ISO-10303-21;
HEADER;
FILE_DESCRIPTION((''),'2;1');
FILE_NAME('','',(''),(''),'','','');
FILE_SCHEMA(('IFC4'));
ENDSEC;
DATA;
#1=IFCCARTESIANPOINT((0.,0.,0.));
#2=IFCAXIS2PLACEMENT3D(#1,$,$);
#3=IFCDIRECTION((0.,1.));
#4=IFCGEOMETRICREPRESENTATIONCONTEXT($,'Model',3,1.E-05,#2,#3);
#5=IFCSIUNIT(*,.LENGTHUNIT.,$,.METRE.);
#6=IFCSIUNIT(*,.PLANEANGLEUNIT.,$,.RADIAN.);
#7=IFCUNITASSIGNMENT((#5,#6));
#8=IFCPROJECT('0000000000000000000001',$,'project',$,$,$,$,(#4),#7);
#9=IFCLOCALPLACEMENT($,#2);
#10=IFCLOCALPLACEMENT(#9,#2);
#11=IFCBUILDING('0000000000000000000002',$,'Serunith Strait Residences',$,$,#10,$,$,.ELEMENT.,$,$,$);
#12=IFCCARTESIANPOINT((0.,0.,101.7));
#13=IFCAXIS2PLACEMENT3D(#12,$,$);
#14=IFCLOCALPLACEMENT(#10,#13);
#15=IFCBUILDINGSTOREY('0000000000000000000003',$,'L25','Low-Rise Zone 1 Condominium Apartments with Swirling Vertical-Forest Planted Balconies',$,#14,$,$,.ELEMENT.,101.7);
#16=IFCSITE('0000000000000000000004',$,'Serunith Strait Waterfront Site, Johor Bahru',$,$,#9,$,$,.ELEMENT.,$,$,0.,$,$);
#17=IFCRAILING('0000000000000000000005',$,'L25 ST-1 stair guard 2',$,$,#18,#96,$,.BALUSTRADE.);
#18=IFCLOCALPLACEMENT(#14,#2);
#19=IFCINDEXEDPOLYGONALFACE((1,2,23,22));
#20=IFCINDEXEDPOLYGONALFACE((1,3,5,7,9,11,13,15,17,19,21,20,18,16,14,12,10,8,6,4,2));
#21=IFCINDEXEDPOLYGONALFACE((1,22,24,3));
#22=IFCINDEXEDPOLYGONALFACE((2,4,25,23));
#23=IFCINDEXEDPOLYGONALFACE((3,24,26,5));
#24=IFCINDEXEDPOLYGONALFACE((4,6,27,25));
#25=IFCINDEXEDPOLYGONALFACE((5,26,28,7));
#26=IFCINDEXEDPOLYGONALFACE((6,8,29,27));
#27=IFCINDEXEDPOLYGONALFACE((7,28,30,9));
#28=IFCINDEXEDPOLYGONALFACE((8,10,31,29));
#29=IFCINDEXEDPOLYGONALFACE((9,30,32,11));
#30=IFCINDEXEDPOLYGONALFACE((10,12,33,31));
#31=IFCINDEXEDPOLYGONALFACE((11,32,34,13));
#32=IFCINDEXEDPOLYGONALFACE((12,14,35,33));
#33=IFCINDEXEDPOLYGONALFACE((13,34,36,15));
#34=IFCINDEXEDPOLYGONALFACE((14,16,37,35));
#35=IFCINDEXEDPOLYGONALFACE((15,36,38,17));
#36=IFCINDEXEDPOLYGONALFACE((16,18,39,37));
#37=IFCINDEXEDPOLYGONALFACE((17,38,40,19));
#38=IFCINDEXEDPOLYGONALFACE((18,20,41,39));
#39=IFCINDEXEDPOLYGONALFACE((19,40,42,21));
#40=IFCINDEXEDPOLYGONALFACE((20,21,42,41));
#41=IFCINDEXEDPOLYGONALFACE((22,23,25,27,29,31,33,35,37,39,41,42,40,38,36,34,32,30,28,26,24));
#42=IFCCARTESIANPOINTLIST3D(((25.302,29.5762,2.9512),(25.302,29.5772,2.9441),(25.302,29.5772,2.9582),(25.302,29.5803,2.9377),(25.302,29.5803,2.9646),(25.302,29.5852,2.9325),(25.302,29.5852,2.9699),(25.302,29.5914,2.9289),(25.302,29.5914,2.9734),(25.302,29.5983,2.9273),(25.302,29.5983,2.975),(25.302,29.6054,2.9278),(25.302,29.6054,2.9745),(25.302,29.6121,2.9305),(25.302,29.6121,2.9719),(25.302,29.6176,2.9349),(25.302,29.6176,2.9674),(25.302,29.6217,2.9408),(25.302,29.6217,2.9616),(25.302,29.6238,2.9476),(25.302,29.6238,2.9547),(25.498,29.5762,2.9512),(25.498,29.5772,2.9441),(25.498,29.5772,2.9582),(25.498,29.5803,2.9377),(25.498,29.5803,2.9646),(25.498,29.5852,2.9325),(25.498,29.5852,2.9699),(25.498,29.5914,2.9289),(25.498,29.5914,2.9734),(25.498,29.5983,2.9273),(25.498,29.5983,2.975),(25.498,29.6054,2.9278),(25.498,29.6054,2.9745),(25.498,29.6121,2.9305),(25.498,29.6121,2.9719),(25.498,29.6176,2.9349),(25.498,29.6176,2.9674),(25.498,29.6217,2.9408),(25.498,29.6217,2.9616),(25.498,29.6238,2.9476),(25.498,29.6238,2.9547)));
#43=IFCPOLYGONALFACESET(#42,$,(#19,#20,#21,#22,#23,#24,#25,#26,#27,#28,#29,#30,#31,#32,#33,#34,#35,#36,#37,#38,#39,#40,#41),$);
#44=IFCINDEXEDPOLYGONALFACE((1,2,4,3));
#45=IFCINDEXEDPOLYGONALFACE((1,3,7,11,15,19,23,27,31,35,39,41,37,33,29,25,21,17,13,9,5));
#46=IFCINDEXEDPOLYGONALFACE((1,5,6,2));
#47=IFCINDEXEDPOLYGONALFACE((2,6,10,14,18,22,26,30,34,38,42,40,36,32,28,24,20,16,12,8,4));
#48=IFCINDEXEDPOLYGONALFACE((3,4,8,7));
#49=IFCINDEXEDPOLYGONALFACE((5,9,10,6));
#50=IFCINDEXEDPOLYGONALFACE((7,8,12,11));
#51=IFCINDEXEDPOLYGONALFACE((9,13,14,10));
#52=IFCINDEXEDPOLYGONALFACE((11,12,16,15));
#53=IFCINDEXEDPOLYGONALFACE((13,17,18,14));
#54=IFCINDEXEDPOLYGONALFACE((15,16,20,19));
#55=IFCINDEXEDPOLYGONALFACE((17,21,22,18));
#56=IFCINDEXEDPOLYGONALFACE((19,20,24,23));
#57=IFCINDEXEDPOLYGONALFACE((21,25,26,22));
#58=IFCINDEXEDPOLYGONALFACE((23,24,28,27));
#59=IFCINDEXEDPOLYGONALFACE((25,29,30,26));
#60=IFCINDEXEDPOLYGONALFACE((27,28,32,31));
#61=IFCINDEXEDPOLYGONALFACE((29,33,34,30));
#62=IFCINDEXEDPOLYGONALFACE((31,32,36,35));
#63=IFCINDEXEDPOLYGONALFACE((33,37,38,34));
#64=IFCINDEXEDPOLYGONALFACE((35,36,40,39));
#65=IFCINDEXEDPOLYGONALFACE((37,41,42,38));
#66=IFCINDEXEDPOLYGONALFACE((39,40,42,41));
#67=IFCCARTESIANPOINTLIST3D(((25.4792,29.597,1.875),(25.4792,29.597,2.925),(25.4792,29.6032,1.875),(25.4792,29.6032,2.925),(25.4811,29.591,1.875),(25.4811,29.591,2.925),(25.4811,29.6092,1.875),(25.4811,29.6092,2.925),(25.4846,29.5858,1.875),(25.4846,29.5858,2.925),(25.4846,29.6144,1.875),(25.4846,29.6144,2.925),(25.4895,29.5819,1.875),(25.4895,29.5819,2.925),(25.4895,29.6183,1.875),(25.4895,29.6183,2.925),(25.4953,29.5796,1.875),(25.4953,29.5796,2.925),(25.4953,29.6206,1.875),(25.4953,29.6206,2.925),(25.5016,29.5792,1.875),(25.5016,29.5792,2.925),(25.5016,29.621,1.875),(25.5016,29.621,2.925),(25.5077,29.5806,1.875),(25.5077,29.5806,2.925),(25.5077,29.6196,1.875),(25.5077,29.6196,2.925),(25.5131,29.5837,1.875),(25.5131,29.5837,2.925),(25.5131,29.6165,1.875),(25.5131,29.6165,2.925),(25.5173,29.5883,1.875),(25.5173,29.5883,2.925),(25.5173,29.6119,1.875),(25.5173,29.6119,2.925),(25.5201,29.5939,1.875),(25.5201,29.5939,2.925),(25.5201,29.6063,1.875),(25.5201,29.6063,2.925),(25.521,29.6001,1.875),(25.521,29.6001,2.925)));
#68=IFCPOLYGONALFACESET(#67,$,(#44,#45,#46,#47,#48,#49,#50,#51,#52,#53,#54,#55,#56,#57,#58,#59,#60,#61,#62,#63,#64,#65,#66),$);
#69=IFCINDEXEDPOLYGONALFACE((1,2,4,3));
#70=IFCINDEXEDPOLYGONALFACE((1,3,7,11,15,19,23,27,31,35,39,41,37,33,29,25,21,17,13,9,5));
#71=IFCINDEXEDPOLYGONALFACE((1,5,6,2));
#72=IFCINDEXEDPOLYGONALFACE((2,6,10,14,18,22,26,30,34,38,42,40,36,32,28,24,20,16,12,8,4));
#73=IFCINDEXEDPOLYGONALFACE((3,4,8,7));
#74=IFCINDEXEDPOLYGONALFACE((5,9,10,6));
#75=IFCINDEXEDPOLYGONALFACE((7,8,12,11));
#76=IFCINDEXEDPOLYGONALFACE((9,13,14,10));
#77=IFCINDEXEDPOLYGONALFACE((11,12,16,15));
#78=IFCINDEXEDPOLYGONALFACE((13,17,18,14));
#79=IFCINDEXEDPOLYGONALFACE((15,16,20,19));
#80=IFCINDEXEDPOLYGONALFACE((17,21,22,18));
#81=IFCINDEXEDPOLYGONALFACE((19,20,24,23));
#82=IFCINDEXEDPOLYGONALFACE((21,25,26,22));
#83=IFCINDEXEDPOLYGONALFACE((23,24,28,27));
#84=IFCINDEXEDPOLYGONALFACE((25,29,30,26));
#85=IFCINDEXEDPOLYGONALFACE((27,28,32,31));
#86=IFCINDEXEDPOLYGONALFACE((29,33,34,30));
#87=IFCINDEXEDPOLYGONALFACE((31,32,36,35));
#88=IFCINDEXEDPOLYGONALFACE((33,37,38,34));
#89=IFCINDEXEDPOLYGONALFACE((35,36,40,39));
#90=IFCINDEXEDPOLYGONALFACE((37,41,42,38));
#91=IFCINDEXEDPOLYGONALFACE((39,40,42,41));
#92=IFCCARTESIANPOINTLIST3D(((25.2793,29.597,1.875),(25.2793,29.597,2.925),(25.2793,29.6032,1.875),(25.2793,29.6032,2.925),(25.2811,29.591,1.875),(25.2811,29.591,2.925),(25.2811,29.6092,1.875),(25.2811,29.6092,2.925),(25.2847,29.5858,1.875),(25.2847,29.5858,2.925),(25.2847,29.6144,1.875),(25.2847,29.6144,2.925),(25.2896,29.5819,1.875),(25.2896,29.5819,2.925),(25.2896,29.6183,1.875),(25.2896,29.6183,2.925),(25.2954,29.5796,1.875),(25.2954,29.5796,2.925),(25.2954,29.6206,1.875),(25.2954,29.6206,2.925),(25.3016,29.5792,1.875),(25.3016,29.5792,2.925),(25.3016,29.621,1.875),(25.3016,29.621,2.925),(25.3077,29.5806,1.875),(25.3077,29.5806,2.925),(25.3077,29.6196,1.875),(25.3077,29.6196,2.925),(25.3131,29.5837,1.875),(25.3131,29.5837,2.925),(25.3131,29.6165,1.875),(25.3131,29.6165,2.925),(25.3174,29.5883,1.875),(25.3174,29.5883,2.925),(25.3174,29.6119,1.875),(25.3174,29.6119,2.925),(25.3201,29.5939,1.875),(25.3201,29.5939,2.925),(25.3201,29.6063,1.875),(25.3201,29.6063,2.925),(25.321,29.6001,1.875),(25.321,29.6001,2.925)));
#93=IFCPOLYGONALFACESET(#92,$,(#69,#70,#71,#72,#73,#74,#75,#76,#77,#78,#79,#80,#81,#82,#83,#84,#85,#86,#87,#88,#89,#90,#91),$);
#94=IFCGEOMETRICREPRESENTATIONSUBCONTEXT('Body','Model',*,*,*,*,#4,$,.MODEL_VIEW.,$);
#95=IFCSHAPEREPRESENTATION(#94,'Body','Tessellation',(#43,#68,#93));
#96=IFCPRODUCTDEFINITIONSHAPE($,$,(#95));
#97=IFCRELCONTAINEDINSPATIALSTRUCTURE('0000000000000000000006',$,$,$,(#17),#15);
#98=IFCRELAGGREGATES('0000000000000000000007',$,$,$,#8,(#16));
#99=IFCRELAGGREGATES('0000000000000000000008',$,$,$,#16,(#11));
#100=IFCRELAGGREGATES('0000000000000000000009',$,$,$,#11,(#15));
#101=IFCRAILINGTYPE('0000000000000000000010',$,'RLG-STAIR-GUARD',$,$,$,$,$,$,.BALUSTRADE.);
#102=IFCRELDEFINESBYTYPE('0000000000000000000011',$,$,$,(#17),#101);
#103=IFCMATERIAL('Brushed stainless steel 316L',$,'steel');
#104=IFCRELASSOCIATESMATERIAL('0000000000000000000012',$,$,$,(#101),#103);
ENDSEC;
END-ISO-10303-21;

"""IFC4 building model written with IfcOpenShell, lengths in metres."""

from ifc_helpers import new_model, si_unit, direction, frame, origin, origin_2d, place, context, subcontext, project, spatial, circle, extrude, material, type_object, element, save


model = new_model("IFC4")

# Units and contexts
model_context = context("Model", 3, precision=1e-05, world=origin(), true_north=direction((0.0, 1.0)))
body_context = subcontext(model_context, "Body", "Model", "MODEL_VIEW")
ifc_project = project(units=[si_unit("LENGTHUNIT", "METRE"), si_unit("PLANEANGLEUNIT", "RADIAN")], contexts=[model_context])

# Site, building, storey
site_placement = place(None, origin())
site = spatial("IfcSite", under=ifc_project, at=site_placement, Name="Serunith Strait Waterfront Site, Johor Bahru", CompositionType="ELEMENT", RefElevation=0.0)
building_placement = place(site_placement, origin())
building = spatial("IfcBuilding", under=site, at=building_placement, Name="Serunith Strait Residences", CompositionType="ELEMENT")
storey_placement = place(building_placement, frame((0.0, 0.0, 101.7)))
storey = spatial("IfcBuildingStorey", under=building, at=storey_placement, Name="L25", Description="Low-Rise Zone 1 Condominium Apartments with Swirling Vertical-Forest Planted Balconies", CompositionType="ELEMENT", Elevation=101.7)

# Railing
ifc_material_1 = material(Name="Brushed stainless steel 316L", Category="steel")
railing_type_1 = type_object("IfcRailingType", Name="RLG-STAIR-GUARD", PredefinedType="BALUSTRADE", material=ifc_material_1)
railing_1_placement = place(storey_placement, frame((25.5, 29.6001, 1.875)))
element("IfcRailing", 1, at=railing_1_placement, inside=storey, type_object=railing_type_1, Name="L25 ST-1 stair guard 2", PredefinedType="BALUSTRADE", context=body_context, shape_type="SweptSolid", body=[
    extrude(circle(Radius=0.0239, at=origin_2d()), frame((-0.002, 0.0, 1.0762), z_axis=(-1.0, 0.0, 0.0), x_axis=(0.0, -1.0, 0.0)), (0.0, 0.0, 1.0), 0.196),
    extrude(circle(Radius=0.021, at=origin_2d()), origin(), (0.0, 0.0, 1.0), 1.05),
    extrude(circle(Radius=0.021, at=origin_2d()), frame((-0.2, 0.0, 0.0)), (0.0, 0.0, 1.0), 1.05),
])

save(model, "model.ifc")
